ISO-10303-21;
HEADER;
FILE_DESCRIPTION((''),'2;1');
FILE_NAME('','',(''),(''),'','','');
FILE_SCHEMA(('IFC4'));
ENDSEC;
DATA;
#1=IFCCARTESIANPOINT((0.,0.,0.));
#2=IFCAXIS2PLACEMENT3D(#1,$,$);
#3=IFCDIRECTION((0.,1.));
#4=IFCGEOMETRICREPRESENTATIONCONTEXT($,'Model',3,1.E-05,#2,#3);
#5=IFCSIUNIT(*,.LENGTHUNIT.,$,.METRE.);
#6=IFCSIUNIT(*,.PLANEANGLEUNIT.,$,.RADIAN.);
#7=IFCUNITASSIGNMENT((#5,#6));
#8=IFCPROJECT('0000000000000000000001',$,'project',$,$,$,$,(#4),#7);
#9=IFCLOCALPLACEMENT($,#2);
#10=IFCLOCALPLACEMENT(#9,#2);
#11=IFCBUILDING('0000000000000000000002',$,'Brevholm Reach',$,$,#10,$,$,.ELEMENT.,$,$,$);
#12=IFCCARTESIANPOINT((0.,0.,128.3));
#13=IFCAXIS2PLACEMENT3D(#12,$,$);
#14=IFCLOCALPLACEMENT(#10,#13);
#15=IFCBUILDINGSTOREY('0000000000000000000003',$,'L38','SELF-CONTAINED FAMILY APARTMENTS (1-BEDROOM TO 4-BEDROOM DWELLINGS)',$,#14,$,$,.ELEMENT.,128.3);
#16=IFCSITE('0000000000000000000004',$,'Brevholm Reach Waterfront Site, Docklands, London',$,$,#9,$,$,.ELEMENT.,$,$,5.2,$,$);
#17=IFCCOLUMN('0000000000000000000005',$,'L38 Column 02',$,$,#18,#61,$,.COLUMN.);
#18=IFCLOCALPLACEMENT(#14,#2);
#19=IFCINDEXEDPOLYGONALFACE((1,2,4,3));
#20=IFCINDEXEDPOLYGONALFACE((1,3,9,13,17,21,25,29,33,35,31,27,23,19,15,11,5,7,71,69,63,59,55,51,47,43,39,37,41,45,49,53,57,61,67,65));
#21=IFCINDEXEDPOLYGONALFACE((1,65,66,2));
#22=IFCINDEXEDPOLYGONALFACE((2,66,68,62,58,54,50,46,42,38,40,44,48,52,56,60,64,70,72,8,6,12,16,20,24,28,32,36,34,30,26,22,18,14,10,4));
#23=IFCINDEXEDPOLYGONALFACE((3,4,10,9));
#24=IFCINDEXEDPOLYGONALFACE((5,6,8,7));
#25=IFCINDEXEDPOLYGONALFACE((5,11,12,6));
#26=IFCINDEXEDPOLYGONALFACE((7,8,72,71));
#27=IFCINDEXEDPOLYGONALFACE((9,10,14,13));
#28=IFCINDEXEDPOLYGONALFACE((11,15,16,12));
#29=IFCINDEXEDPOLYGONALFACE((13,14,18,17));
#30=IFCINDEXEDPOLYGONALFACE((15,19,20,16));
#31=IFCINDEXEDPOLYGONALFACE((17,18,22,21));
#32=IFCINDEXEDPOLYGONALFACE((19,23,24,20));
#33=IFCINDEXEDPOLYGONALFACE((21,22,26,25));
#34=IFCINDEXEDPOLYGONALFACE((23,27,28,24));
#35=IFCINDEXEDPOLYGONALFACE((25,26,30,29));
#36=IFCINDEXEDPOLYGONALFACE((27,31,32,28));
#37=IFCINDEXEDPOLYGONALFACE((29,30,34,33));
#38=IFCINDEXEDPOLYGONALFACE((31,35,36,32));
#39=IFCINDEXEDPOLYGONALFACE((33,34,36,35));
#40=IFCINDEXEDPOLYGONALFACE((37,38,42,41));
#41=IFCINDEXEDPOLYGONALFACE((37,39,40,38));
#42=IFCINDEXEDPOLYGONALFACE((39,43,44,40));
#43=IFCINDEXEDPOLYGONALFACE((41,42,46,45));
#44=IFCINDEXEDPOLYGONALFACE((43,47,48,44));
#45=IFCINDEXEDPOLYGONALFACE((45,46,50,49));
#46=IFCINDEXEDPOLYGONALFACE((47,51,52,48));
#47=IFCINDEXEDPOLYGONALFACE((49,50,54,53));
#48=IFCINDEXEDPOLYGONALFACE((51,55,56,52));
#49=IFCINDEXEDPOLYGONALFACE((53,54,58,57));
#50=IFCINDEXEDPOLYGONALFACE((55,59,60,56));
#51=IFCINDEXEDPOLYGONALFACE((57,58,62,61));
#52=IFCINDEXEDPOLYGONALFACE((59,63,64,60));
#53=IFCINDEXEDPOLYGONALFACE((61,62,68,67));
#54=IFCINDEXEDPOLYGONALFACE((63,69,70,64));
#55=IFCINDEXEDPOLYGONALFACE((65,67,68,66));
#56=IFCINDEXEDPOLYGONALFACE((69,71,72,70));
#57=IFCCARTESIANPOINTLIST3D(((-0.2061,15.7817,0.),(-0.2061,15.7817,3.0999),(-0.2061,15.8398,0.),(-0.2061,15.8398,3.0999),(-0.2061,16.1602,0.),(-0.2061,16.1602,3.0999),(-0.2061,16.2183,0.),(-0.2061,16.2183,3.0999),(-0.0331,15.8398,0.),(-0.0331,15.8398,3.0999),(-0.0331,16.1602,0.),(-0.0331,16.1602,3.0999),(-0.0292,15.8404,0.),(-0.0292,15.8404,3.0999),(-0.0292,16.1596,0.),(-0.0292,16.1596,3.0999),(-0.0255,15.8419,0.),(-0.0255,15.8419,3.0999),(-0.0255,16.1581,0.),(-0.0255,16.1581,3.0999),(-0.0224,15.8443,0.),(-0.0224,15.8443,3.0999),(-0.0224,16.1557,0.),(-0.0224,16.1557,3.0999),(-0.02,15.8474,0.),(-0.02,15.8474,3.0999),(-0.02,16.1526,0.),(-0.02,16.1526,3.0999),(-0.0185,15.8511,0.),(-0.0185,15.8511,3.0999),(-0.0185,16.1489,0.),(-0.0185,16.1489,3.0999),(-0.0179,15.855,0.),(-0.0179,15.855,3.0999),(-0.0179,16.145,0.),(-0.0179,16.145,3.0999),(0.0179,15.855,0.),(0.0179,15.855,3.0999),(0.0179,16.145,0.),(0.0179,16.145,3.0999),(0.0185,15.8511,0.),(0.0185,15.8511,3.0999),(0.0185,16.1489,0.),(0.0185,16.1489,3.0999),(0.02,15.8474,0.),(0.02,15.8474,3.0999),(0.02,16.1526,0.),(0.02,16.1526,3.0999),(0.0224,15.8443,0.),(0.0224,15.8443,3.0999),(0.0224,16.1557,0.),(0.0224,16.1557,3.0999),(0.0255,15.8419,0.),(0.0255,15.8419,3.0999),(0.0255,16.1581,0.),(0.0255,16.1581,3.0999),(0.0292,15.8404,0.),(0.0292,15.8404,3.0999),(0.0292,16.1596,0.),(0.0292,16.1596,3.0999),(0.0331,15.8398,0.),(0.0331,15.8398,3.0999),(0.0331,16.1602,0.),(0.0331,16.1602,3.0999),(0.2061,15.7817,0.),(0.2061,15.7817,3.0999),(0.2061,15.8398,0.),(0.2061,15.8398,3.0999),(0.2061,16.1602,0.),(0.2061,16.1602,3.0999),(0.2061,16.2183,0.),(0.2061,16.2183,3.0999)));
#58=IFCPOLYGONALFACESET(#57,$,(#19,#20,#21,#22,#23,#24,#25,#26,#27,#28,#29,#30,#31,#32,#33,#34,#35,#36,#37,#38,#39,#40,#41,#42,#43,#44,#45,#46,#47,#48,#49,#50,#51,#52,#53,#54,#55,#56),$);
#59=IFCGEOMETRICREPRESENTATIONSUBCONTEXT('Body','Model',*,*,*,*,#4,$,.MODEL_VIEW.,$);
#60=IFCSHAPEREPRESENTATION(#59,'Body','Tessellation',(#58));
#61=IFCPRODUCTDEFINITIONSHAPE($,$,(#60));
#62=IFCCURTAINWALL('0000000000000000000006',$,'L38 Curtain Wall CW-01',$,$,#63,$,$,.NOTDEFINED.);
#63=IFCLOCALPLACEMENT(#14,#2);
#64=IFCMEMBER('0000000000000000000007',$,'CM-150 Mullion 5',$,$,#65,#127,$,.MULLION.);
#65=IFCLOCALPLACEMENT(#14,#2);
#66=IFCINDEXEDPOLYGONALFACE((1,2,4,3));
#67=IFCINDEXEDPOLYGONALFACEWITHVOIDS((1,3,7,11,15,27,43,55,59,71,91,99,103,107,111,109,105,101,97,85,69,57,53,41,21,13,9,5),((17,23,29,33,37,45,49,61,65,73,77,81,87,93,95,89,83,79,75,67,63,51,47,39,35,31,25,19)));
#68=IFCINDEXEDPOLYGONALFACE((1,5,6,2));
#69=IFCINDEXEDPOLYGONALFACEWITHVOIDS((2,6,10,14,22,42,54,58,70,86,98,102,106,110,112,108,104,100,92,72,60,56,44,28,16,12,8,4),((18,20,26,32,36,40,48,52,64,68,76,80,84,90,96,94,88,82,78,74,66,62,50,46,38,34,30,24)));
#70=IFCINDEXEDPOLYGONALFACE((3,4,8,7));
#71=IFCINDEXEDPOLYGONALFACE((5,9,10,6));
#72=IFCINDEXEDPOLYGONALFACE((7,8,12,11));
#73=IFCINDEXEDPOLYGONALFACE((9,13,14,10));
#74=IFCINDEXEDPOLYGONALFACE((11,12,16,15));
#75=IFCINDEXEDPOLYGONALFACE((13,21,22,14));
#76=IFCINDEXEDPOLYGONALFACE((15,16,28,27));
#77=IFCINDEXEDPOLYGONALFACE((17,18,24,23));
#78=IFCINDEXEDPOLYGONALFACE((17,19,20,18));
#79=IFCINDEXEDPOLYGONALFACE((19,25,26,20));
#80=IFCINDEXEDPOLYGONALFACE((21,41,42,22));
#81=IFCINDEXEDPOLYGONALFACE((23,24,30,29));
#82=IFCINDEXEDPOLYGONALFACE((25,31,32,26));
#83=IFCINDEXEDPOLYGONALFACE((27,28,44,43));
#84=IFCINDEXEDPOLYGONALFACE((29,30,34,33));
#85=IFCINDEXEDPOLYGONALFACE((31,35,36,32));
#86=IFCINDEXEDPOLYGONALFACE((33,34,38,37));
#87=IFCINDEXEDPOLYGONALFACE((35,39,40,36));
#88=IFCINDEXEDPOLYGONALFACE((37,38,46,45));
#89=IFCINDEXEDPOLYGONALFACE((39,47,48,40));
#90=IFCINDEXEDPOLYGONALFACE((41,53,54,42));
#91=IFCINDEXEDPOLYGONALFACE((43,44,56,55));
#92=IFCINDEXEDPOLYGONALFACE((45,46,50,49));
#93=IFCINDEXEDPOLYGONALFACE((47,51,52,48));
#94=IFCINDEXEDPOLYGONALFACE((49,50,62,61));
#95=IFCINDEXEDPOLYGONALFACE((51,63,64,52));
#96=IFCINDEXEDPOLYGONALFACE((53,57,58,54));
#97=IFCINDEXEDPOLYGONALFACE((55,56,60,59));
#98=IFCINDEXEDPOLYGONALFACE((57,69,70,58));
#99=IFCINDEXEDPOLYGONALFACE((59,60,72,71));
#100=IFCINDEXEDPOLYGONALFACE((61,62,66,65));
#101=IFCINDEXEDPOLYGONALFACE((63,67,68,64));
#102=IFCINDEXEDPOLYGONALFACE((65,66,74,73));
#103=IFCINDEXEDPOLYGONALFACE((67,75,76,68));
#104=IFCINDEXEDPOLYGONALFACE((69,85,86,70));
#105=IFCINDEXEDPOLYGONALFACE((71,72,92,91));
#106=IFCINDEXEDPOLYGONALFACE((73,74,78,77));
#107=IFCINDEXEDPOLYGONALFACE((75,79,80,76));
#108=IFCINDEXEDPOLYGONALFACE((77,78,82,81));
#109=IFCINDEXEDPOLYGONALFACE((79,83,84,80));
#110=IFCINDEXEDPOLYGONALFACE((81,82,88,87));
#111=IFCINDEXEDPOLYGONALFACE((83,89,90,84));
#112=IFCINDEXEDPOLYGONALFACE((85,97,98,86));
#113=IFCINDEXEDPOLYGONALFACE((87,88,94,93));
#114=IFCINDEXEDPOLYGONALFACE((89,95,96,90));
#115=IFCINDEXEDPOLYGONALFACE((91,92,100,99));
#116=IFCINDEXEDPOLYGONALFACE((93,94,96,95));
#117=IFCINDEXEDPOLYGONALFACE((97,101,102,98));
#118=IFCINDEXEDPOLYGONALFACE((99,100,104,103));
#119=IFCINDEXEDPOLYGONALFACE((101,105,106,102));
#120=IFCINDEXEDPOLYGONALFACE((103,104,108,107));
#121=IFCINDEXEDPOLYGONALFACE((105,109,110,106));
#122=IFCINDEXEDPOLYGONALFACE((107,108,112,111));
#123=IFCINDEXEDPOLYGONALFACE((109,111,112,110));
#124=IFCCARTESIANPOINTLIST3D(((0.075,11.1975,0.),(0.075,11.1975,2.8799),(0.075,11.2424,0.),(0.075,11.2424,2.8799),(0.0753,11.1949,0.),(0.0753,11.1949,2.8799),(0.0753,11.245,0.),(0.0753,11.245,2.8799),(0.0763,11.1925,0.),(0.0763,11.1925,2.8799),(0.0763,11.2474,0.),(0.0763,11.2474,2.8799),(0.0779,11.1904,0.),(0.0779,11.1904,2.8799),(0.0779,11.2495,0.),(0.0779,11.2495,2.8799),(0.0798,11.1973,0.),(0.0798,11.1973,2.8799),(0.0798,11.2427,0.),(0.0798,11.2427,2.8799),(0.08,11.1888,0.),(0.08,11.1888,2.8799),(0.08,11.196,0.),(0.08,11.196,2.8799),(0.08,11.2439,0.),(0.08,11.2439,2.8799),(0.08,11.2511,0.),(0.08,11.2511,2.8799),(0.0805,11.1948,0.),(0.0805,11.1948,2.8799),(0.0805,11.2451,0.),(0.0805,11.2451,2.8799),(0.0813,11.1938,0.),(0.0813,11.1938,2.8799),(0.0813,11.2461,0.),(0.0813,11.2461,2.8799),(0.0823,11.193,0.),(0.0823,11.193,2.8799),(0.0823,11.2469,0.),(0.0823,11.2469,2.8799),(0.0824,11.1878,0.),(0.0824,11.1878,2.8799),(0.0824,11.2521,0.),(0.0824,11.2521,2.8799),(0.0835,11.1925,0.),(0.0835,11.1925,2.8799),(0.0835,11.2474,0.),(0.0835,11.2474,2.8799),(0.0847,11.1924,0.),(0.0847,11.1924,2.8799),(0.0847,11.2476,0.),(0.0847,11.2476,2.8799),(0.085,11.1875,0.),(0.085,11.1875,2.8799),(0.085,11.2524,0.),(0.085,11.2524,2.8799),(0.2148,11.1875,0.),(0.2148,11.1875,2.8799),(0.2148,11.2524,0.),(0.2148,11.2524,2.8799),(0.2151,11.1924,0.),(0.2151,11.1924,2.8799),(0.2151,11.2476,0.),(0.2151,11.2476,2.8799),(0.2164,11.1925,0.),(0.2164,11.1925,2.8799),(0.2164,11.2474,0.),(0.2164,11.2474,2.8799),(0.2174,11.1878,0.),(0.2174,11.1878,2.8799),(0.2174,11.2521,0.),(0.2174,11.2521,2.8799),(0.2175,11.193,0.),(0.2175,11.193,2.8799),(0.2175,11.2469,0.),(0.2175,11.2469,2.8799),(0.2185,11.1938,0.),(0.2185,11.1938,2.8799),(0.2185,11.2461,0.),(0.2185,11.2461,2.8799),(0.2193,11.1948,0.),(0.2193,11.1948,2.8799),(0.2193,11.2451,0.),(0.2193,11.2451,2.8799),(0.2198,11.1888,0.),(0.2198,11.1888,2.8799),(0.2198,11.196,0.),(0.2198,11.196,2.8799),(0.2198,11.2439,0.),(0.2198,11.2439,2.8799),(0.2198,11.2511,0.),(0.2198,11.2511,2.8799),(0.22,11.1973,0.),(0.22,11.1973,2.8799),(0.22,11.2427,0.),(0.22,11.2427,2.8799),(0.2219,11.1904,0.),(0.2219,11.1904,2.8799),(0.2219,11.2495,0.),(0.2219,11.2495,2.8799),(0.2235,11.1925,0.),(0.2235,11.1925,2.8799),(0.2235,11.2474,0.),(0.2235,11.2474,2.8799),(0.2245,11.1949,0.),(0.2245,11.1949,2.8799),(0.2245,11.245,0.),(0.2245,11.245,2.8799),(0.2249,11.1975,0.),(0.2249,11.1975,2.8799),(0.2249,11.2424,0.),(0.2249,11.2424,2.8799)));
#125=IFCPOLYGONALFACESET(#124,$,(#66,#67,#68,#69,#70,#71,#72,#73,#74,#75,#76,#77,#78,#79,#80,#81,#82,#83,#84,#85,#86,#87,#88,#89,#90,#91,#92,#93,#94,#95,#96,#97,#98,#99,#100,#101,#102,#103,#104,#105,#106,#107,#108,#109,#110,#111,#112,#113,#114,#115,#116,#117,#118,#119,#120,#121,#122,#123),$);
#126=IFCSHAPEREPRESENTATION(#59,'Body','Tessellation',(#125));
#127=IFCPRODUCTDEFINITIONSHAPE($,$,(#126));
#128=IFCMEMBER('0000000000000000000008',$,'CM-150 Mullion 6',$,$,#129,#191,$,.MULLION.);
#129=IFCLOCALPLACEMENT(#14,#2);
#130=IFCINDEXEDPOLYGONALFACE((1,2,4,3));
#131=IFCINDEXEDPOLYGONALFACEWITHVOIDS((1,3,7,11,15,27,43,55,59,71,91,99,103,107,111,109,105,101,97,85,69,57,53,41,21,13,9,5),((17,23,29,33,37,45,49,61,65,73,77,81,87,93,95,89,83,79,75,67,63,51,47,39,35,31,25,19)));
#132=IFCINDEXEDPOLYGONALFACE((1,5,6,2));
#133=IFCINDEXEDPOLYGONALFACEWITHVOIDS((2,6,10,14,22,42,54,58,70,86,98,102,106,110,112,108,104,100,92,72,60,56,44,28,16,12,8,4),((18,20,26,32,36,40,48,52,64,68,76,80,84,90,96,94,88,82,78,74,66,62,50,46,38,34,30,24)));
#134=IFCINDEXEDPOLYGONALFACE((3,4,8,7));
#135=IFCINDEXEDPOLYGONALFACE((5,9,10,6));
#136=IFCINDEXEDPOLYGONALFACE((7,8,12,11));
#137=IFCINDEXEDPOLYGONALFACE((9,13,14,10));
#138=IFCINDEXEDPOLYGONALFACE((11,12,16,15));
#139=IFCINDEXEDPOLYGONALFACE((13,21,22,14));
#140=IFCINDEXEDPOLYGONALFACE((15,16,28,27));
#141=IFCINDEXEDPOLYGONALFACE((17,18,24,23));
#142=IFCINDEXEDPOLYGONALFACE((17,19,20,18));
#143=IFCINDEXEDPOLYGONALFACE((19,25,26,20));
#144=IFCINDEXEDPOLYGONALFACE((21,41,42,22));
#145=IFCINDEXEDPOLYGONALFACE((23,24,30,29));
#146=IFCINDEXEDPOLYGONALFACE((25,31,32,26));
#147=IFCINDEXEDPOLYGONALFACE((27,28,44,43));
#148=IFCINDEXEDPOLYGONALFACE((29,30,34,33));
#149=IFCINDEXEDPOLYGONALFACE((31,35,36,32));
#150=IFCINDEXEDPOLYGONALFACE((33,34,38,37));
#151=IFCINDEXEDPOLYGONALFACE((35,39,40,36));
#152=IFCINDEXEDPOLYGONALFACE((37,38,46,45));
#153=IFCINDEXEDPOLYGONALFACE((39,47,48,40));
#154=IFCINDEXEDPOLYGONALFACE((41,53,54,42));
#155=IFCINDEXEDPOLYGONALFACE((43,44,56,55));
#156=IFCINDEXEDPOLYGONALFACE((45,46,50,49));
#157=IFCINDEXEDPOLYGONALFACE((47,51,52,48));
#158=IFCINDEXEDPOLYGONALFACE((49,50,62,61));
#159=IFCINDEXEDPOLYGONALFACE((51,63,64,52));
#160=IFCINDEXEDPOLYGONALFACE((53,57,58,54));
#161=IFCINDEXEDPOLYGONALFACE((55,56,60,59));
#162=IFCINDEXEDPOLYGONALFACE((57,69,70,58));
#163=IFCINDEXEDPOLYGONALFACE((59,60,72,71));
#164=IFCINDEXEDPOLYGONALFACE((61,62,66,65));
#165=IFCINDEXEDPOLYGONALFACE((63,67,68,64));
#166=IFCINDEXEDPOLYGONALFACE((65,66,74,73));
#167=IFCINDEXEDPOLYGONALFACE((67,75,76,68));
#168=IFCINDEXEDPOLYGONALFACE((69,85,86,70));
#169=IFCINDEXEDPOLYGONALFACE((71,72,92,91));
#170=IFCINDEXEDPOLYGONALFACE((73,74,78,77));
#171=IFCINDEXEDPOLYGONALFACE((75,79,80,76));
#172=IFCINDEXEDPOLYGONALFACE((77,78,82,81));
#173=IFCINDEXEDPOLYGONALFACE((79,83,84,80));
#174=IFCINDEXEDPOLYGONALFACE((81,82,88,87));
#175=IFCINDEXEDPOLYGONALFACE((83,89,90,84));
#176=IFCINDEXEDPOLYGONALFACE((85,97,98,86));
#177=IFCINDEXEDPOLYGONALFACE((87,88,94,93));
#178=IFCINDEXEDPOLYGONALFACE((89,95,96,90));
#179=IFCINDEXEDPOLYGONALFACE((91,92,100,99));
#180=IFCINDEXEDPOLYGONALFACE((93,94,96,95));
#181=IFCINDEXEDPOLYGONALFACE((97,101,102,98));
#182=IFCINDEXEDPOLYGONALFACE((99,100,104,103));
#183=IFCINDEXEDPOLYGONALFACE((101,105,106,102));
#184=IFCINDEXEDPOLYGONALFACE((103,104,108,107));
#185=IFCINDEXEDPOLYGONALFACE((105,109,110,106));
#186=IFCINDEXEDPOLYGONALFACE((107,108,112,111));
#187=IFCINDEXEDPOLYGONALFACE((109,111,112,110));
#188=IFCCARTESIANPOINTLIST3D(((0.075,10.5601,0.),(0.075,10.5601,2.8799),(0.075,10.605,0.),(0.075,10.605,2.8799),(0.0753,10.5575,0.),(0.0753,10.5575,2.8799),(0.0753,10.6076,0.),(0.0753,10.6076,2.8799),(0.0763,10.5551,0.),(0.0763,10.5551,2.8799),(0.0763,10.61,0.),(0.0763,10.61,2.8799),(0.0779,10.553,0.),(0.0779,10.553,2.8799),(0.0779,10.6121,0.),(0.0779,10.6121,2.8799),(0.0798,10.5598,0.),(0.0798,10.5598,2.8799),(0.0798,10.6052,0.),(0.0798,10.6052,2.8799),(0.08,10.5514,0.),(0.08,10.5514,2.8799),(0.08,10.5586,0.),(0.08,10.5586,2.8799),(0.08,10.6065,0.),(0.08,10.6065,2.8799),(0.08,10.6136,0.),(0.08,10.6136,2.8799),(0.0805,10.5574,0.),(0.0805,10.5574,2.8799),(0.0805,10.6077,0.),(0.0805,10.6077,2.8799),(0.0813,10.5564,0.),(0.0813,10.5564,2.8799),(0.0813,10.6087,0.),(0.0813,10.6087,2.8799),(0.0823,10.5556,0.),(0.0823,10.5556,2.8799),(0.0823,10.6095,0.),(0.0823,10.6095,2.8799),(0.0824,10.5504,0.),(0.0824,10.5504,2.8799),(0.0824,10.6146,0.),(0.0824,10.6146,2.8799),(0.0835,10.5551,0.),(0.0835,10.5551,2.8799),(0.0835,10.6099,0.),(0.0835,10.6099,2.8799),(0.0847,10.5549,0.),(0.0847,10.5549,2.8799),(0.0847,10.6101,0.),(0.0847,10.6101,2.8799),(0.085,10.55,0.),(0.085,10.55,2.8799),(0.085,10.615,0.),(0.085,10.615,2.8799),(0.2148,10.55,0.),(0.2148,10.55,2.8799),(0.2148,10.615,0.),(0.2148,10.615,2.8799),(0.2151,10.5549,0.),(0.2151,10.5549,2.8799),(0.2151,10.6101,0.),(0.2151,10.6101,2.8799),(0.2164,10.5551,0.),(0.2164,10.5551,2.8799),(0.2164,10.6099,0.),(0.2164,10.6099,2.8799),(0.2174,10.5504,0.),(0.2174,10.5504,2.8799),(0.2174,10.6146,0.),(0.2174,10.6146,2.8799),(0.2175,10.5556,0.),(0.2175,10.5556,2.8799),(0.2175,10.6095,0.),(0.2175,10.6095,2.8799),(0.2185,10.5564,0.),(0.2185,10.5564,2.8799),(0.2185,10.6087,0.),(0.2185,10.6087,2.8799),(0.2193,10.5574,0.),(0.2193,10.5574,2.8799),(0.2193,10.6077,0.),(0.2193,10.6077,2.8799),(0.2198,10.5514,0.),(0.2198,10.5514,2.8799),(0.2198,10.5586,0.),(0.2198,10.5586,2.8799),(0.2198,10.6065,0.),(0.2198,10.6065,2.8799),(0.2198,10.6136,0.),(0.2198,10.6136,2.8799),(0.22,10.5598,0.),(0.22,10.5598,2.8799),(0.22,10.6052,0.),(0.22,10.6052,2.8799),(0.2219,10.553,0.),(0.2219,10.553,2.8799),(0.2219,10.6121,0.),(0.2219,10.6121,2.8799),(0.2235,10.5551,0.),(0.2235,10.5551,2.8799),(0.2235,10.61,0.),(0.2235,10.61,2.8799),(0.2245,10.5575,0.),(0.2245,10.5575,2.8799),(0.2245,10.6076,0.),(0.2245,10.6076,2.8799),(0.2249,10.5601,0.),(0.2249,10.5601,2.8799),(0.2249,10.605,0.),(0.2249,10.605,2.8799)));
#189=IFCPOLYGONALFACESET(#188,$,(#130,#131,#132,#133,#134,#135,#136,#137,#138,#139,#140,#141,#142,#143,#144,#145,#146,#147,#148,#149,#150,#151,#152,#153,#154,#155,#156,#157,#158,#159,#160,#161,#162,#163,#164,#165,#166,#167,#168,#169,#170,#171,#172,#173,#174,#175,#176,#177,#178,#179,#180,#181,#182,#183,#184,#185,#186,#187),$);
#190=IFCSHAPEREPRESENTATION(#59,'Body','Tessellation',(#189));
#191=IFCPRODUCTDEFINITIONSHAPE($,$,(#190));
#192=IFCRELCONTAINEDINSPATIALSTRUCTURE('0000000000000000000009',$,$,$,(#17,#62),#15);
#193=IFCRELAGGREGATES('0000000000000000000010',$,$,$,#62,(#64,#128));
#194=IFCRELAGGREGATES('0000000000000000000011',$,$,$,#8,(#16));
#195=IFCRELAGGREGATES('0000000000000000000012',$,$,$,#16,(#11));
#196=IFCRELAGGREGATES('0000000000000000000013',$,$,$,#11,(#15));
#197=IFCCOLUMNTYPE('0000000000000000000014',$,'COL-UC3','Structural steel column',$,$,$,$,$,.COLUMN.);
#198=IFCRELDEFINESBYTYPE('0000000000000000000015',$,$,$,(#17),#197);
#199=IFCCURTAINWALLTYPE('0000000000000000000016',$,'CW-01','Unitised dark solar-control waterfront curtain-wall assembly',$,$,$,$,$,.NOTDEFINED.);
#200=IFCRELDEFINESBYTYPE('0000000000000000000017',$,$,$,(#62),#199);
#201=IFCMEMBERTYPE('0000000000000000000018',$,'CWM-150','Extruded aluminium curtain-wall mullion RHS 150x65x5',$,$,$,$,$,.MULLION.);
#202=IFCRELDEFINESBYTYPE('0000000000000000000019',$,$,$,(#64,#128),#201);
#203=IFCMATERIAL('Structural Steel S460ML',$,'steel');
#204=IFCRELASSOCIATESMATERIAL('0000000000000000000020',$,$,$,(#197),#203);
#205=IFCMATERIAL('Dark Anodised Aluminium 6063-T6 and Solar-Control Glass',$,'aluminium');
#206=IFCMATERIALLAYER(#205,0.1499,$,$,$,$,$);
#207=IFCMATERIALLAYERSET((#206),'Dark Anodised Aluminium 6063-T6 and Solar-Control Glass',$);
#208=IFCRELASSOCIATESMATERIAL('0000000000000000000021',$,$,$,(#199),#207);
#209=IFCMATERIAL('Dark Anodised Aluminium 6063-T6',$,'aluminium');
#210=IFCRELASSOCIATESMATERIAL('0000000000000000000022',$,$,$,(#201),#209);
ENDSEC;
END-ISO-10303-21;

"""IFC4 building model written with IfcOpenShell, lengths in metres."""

from ifc_helpers import new_model, si_unit, direction, frame, origin, origin_2d, place, context, subcontext, project, spatial, hollow_rectangle, i_section, extrude, material, layer, layer_set, material_profile, profile_set, type_object, element, aggregate, save


model = new_model("IFC4")

# Units and contexts
model_context = context("Model", 3, precision=1e-05, world=origin(), true_north=direction((0.0, 1.0)))
body_context = subcontext(model_context, "Body", "Model", "MODEL_VIEW")
ifc_project = project(units=[si_unit("LENGTHUNIT", "METRE"), si_unit("PLANEANGLEUNIT", "RADIAN")], contexts=[model_context])

# Site, building, storey
site_placement = place(None, origin())
site = spatial("IfcSite", under=ifc_project, at=site_placement, Name="Brevholm Reach Waterfront Site, Docklands, London", CompositionType="ELEMENT", RefElevation=5.2)
building_placement = place(site_placement, origin())
building = spatial("IfcBuilding", under=site, at=building_placement, Name="Brevholm Reach", CompositionType="ELEMENT")
storey_placement = place(building_placement, frame((0.0, 0.0, 128.3)))
storey = spatial("IfcBuildingStorey", under=building, at=storey_placement, Name="L38", Description="SELF-CONTAINED FAMILY APARTMENTS (1-BEDROOM TO 4-BEDROOM DWELLINGS)", CompositionType="ELEMENT", Elevation=128.3)

# Column
ifc_material_1 = material(Name="Structural Steel S460ML", Category="steel")
ifc_material_profile_1 = material_profile(ifc_material_1, i_section(OverallWidth=0.4121, OverallDepth=0.4365, WebThickness=0.0359, FlangeThickness=0.0581, FilletRadius=0.0151, at=origin_2d()), Name="UKC 356x406x467")
ifc_profile_set_1 = profile_set([ifc_material_profile_1], Name="Structural Steel S460ML")
column_type = type_object("IfcColumnType", Name="COL-UC3", Description="Structural steel column", PredefinedType="COLUMN", material=ifc_profile_set_1)
column_placement = place(storey_placement, frame((0.0, 16.0, 0.0), z_axis=(0.0, 0.0, 1.0), x_axis=(1.0, 0.0, 0.0)))
element("IfcColumn", 1, at=column_placement, inside=storey, type_object=column_type, Name="L38 Column 02", PredefinedType="COLUMN", context=body_context, shape_type="SweptSolid", body=[
    extrude(i_section(OverallWidth=0.4121, OverallDepth=0.4365, WebThickness=0.0359, FlangeThickness=0.0581, FilletRadius=0.0151, at=origin_2d()), origin(), (0.0, 0.0, 1.0), 3.0999),
])

# Curtain wall, members
ifc_material_2 = material(Name="Dark Anodised Aluminium 6063-T6 and Solar-Control Glass", Category="aluminium")
ifc_layer_1 = layer(ifc_material_2, 0.1499)
ifc_layer_set_1 = layer_set([ifc_layer_1], Name="Dark Anodised Aluminium 6063-T6 and Solar-Control Glass")
curtain_wall_type = type_object("IfcCurtainWallType", Name="CW-01", Description="Unitised dark solar-control waterfront curtain-wall assembly", PredefinedType="NOTDEFINED", material=ifc_layer_set_1)
curtain_wall_placement = place(storey_placement, origin())
curtain_wall = element("IfcCurtainWall", 2, at=curtain_wall_placement, inside=storey, type_object=curtain_wall_type, Name="L38 Curtain Wall CW-01", PredefinedType="NOTDEFINED")
ifc_material_3 = material(Name="Dark Anodised Aluminium 6063-T6", Category="aluminium")
ifc_material_profile_2 = material_profile(ifc_material_3, hollow_rectangle(XDim=0.0649, YDim=0.1499, WallThickness=0.0049, InnerFilletRadius=0.0049, OuterFilletRadius=0.01, at=origin_2d()), Name="RHS 150x65x5")
ifc_profile_set_2 = profile_set([ifc_material_profile_2], Name="Dark Anodised Aluminium 6063-T6")
member_type_1 = type_object("IfcMemberType", Name="CWM-150", Description="Extruded aluminium curtain-wall mullion RHS 150x65x5", PredefinedType="MULLION", material=ifc_profile_set_2)
member_1_placement = place(storey_placement, frame((0.1499, 11.22, 0.0), z_axis=(0.0, 0.0, 1.0), x_axis=(0.0, -1.0, 0.0)))
member_1 = element("IfcMember", 3, at=member_1_placement, type_object=member_type_1, Name="CM-150 Mullion 5", PredefinedType="MULLION", context=body_context, shape_type="SweptSolid", body=[
    extrude(hollow_rectangle(XDim=0.0649, YDim=0.1499, WallThickness=0.0049, InnerFilletRadius=0.0049, OuterFilletRadius=0.01, at=origin_2d()), origin(), (0.0, 0.0, 1.0), 2.8799),
])
member_2_placement = place(storey_placement, frame((0.1499, 10.5825, 0.0), z_axis=(0.0, 0.0, 1.0), x_axis=(0.0, -1.0, 0.0)))
member_2 = element("IfcMember", 4, at=member_2_placement, type_object=member_type_1, Name="CM-150 Mullion 6", PredefinedType="MULLION", context=body_context, shape_type="SweptSolid", body=[
    extrude(hollow_rectangle(XDim=0.0649, YDim=0.1499, WallThickness=0.0049, InnerFilletRadius=0.0049, OuterFilletRadius=0.01, at=origin_2d()), origin(), (0.0, 0.0, 1.0), 2.8799),
])
aggregate(curtain_wall, [member_1, member_2])

save(model, "model.ifc")
